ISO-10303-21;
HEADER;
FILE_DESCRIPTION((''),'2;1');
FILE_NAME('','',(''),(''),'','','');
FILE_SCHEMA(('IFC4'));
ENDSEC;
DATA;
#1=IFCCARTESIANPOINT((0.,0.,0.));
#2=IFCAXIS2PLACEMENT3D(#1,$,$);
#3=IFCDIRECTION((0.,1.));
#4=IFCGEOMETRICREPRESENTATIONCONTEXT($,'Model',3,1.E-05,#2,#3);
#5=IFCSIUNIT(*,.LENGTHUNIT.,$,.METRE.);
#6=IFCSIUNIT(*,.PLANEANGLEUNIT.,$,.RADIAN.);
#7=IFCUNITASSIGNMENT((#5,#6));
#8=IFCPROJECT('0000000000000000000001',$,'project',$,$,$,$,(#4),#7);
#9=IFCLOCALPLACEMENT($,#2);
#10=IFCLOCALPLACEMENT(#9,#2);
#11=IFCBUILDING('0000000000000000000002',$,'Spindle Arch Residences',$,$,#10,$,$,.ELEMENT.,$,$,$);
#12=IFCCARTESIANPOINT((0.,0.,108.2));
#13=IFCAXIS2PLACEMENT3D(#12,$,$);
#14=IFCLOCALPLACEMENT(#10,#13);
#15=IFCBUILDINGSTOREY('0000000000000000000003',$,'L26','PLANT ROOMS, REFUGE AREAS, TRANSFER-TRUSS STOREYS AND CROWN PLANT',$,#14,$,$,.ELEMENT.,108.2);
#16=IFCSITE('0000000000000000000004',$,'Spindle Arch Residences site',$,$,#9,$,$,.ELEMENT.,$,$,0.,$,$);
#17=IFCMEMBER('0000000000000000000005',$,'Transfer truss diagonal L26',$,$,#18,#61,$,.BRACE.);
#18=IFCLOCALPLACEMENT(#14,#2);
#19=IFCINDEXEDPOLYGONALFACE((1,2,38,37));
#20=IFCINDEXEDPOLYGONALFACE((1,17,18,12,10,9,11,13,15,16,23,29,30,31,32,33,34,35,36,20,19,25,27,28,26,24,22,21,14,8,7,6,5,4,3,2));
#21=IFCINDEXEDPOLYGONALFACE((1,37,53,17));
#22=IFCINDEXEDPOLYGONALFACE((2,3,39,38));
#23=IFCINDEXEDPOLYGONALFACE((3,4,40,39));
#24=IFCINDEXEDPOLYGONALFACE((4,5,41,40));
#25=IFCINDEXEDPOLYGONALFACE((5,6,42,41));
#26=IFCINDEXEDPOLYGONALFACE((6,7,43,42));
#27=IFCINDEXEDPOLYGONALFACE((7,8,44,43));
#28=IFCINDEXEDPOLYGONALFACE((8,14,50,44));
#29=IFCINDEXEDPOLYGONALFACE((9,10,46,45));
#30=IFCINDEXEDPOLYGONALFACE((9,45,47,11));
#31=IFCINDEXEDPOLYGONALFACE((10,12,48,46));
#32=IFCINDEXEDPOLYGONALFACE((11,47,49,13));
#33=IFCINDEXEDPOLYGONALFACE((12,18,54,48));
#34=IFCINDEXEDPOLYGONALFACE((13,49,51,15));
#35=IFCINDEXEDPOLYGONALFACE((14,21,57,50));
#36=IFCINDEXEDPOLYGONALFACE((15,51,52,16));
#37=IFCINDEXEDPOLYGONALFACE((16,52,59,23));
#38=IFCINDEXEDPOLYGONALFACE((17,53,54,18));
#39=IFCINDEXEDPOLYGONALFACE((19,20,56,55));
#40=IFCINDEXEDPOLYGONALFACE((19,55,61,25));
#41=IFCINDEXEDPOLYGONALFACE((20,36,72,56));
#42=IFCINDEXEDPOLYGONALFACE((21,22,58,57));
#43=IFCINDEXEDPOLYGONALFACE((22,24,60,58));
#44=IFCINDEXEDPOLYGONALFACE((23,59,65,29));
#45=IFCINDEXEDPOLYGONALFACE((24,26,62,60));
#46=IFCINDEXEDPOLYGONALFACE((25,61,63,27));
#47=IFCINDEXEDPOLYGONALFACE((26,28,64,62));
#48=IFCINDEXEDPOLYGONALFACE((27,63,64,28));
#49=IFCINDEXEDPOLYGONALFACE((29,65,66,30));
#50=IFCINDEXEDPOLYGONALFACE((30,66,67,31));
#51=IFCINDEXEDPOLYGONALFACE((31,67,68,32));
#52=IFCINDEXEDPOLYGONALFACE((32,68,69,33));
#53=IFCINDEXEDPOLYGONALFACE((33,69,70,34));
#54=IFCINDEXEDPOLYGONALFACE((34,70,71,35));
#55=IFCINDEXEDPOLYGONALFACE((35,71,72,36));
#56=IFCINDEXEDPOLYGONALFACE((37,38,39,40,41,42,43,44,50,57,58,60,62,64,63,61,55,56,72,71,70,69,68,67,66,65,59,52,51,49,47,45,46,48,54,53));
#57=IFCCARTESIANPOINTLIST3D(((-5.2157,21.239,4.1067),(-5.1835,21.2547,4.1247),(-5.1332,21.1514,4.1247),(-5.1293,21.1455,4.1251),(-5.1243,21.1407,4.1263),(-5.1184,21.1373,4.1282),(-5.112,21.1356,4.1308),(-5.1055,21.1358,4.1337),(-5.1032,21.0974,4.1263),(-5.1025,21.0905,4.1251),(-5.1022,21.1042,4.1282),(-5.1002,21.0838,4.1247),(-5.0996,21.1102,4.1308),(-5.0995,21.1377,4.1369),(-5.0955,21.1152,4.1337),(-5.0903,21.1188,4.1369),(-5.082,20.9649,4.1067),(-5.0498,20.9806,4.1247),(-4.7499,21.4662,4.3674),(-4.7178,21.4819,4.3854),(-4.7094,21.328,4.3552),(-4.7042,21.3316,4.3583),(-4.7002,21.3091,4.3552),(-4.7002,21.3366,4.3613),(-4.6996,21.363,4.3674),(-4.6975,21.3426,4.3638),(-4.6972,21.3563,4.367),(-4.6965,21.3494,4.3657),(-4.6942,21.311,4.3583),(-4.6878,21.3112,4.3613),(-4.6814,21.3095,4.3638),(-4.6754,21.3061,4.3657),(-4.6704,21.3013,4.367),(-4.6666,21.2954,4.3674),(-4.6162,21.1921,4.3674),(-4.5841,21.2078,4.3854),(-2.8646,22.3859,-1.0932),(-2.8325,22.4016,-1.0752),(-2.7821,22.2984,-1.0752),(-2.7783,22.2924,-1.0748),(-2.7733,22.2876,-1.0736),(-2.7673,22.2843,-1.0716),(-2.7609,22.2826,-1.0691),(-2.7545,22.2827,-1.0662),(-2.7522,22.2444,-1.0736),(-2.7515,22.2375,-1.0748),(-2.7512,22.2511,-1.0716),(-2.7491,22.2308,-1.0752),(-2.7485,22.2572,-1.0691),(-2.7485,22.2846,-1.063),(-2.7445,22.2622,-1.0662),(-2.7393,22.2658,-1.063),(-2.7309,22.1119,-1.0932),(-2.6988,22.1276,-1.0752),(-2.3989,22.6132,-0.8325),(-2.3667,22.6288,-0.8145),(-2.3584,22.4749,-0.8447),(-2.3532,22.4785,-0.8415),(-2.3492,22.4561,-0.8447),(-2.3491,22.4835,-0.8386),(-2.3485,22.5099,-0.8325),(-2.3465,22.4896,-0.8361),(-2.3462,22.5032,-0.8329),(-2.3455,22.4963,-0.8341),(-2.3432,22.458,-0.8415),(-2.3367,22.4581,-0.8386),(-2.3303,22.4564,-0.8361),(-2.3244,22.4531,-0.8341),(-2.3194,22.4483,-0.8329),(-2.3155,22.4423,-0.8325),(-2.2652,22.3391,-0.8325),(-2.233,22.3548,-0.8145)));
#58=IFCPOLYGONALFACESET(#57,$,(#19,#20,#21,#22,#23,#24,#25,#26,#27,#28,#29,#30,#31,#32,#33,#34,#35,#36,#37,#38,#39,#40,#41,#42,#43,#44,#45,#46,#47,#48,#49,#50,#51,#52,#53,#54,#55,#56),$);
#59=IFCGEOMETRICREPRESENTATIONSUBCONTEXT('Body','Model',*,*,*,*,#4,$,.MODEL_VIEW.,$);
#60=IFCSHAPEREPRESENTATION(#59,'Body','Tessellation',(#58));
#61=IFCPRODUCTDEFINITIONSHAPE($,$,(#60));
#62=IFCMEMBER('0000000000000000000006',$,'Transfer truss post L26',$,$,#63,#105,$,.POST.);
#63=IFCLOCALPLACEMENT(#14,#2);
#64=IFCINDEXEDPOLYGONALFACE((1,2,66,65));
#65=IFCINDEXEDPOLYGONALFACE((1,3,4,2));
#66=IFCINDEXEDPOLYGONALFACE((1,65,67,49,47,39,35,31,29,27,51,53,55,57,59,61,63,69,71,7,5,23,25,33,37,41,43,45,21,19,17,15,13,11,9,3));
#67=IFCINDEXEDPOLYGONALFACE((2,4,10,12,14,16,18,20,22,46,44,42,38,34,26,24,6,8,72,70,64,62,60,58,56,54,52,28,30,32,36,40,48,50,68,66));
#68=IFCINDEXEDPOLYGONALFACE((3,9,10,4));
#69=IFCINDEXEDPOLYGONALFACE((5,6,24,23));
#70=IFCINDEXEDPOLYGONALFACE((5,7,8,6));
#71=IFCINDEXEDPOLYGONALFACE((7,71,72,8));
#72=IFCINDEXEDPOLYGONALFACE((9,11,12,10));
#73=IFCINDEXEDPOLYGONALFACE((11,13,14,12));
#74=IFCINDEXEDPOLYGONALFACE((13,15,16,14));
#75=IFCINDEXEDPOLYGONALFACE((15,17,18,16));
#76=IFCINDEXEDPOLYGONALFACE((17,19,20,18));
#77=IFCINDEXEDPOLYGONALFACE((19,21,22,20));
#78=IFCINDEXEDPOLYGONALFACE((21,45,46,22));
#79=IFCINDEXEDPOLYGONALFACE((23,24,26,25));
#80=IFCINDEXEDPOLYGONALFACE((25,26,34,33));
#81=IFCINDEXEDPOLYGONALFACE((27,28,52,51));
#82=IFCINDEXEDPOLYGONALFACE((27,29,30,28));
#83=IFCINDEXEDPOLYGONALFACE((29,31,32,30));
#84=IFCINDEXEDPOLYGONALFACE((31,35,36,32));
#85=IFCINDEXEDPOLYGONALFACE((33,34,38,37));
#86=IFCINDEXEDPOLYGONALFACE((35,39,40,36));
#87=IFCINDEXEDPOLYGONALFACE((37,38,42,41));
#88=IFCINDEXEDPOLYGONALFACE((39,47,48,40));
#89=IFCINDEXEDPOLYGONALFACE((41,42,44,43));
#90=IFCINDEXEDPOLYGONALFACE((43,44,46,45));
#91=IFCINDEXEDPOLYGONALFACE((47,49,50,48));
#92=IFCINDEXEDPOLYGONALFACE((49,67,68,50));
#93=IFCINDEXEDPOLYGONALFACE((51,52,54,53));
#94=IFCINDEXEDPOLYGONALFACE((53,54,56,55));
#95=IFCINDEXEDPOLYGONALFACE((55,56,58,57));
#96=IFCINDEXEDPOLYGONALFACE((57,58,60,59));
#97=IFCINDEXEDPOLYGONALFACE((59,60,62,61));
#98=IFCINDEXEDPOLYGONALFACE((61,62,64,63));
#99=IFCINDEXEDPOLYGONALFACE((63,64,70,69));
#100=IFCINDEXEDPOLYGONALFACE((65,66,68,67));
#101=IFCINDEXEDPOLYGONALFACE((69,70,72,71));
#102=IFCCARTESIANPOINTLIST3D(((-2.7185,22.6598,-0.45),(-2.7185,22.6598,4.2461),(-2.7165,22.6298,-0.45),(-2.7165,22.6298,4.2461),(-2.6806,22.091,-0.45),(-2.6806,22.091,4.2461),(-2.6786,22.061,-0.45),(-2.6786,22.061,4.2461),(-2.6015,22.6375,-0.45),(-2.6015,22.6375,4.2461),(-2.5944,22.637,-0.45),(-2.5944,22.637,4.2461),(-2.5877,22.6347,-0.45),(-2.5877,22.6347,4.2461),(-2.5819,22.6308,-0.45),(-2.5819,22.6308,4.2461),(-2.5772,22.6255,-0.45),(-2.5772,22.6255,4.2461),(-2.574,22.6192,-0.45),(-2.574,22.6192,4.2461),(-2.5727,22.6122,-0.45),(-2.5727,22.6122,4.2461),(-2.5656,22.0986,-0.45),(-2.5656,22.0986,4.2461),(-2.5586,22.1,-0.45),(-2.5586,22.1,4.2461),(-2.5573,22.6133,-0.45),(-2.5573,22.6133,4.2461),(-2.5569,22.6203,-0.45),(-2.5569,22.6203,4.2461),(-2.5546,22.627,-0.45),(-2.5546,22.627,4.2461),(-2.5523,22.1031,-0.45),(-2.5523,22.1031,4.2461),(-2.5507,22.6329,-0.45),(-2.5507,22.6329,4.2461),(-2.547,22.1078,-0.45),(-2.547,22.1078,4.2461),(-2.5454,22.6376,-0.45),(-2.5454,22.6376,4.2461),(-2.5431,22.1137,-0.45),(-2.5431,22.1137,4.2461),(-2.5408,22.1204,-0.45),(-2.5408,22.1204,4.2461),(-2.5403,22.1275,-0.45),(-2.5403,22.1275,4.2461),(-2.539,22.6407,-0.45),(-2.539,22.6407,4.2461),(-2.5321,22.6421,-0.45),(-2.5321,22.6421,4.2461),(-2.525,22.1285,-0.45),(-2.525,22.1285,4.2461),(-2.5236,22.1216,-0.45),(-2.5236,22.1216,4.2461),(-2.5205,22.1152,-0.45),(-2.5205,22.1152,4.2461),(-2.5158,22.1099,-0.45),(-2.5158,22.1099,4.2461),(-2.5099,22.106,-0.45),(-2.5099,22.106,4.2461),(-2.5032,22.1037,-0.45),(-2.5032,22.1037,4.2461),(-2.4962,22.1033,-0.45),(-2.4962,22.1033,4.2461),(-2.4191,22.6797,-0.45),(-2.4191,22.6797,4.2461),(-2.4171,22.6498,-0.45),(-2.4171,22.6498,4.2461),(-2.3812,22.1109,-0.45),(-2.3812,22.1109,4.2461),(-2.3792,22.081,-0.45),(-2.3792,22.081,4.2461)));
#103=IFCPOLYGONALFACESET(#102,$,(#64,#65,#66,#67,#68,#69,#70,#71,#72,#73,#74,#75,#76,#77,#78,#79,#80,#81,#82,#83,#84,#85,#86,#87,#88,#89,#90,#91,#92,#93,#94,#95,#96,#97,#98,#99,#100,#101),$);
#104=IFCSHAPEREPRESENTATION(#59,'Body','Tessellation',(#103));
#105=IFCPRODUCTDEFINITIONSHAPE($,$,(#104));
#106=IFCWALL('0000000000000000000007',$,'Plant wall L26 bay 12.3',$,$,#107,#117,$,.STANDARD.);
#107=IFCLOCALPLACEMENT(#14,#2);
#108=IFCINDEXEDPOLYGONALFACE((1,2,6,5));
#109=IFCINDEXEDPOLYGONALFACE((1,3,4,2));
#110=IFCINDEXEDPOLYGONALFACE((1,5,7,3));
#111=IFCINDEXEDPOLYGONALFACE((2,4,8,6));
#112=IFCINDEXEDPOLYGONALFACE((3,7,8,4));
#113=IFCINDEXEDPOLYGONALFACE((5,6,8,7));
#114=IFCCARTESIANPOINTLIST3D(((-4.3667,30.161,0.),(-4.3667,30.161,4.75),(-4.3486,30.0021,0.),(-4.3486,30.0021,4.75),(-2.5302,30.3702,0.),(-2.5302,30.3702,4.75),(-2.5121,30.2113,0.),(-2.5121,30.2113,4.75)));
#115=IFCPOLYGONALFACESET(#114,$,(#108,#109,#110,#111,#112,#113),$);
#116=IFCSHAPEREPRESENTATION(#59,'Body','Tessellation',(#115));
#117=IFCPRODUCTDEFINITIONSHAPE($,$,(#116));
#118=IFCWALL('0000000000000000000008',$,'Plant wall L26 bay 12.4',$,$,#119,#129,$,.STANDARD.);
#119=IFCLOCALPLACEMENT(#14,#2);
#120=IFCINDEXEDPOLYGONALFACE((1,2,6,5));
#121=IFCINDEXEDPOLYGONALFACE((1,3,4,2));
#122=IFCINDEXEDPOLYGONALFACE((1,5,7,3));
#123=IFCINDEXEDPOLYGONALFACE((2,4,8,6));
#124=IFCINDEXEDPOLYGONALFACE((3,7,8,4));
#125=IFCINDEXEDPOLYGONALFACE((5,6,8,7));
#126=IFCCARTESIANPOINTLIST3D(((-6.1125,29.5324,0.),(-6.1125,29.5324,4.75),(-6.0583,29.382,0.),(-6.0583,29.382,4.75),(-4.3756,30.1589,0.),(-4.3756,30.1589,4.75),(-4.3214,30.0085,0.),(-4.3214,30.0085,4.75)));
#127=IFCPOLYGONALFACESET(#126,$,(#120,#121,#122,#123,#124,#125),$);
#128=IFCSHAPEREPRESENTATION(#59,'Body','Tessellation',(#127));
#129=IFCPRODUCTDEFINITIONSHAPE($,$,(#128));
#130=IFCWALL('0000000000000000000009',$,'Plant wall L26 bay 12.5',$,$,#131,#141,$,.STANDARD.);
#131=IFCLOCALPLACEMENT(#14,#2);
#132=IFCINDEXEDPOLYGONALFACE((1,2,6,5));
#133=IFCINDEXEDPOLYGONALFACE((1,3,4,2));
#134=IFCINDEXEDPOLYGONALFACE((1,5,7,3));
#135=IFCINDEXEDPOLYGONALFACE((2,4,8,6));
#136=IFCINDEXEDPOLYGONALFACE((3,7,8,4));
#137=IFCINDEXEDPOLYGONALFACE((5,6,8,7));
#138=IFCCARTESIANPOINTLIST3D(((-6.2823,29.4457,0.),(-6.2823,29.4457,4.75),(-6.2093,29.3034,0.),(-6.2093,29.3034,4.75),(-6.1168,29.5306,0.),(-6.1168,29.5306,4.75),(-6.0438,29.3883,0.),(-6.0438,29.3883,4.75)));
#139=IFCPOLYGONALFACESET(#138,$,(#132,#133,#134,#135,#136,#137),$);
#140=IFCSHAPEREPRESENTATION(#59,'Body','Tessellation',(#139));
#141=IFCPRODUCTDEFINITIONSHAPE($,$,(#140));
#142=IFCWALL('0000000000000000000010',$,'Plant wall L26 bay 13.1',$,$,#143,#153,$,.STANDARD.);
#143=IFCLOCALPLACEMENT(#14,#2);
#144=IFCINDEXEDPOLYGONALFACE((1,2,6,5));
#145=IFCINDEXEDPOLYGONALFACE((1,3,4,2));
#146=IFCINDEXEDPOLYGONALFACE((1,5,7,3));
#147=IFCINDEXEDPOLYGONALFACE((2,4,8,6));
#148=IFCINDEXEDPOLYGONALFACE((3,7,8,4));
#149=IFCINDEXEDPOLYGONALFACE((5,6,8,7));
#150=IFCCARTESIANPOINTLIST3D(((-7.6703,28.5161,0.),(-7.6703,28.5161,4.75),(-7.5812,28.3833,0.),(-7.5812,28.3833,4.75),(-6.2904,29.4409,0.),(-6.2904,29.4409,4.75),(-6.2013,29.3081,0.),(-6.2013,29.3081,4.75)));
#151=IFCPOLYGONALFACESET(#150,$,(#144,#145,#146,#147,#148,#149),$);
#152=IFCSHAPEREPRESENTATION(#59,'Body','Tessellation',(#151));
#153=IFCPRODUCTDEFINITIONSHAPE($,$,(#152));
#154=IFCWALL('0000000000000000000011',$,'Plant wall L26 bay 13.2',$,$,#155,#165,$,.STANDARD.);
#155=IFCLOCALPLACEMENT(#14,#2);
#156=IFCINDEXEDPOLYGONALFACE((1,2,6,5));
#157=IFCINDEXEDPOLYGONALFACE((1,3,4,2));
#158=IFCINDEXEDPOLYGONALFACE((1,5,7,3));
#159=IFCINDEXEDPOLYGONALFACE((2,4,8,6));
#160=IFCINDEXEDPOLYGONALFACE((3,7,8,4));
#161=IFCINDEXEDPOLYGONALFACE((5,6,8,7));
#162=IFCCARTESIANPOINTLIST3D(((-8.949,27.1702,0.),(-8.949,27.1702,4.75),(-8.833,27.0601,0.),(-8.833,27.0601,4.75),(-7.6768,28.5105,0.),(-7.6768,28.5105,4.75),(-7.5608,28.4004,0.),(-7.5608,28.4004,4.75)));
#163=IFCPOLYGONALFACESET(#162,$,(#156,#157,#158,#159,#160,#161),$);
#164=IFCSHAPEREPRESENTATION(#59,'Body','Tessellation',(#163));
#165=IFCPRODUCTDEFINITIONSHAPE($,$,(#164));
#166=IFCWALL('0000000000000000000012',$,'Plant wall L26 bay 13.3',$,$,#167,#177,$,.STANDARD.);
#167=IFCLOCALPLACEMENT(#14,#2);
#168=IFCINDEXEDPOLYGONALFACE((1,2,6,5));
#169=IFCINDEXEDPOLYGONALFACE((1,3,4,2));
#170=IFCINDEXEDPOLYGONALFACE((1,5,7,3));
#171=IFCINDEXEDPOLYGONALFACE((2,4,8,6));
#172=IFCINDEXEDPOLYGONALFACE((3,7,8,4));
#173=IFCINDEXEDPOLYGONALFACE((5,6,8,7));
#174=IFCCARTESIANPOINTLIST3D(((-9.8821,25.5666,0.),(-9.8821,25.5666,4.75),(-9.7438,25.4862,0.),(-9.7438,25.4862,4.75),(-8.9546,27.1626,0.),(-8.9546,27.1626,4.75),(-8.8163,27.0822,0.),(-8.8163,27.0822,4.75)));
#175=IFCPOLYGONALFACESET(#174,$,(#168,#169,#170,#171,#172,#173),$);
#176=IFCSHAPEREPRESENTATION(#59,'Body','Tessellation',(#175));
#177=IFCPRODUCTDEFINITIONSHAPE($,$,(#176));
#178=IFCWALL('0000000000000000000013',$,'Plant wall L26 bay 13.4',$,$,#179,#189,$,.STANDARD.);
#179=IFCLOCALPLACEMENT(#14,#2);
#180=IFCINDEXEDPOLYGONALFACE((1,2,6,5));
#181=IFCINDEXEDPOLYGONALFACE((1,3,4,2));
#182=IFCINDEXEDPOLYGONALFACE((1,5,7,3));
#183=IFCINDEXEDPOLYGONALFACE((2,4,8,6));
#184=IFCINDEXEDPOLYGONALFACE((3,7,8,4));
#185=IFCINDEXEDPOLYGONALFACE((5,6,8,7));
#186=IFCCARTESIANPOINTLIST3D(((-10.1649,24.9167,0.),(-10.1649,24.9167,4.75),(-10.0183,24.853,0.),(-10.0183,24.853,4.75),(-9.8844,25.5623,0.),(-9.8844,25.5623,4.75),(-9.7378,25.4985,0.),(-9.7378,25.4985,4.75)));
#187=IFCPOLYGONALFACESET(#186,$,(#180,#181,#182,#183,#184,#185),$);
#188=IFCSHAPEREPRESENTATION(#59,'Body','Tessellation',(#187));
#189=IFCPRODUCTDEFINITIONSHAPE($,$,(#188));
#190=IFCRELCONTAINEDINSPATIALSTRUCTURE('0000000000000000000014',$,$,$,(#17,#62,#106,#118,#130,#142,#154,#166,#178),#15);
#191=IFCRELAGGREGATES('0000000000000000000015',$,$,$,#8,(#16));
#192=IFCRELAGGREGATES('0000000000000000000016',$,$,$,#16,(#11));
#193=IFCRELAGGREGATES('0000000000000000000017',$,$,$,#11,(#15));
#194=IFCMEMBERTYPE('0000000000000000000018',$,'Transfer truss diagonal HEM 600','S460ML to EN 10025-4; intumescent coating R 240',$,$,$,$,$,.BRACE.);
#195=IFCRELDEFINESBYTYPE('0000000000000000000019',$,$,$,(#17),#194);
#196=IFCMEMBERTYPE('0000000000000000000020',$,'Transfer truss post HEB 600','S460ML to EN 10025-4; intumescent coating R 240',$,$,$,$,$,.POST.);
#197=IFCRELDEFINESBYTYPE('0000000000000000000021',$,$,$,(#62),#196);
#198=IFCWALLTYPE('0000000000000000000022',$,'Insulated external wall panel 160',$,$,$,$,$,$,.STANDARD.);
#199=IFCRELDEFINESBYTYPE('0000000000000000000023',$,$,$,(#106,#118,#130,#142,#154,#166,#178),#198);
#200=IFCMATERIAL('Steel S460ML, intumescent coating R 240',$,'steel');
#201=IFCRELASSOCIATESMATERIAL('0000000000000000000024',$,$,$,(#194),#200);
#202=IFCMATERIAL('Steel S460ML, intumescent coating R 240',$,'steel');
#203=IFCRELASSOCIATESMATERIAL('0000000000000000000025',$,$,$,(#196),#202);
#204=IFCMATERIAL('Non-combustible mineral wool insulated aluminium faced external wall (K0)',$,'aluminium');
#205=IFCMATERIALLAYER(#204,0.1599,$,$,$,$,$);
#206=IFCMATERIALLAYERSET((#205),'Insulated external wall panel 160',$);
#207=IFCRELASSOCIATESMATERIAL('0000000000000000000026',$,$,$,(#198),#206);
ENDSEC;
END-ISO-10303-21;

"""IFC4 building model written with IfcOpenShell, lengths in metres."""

from ifc_helpers import new_model, si_unit, direction, frame, frame_2d, origin, origin_2d, place, context, subcontext, project, spatial, rectangle, i_section, extrude, material, layer, layer_set, material_profile, profile_set, type_object, element, save


model = new_model("IFC4")

# Units and contexts
model_context = context("Model", 3, precision=1e-05, world=origin(), true_north=direction((0.0, 1.0)))
body_context = subcontext(model_context, "Body", "Model", "MODEL_VIEW")
ifc_project = project(units=[si_unit("LENGTHUNIT", "METRE"), si_unit("PLANEANGLEUNIT", "RADIAN")], contexts=[model_context])

# Site, building, storey
site_placement = place(None, origin())
site = spatial("IfcSite", under=ifc_project, at=site_placement, Name="Spindle Arch Residences site", CompositionType="ELEMENT", RefElevation=0.0)
building_placement = place(site_placement, origin())
building = spatial("IfcBuilding", under=site, at=building_placement, Name="Spindle Arch Residences", CompositionType="ELEMENT")
storey_placement = place(building_placement, frame((0.0, 0.0, 108.2)))
storey = spatial("IfcBuildingStorey", under=building, at=storey_placement, Name="L26", Description="PLANT ROOMS, REFUGE AREAS, TRANSFER-TRUSS STOREYS AND CROWN PLANT", CompositionType="ELEMENT", Elevation=108.2)

# Members
ifc_material_1 = material(Name="Steel S460ML, intumescent coating R 240", Category="steel")
ifc_material_profile_1 = material_profile(ifc_material_1, i_section(OverallWidth=0.3049, OverallDepth=0.6201, WebThickness=0.021, FlangeThickness=0.04, FilletRadius=0.0271, at=origin_2d()), Name="HEM 600")
ifc_profile_set_1 = profile_set([ifc_material_profile_1], Name="Steel S460ML, intumescent coating R 240")
member_type_1 = type_object("IfcMemberType", Name="Transfer truss diagonal HEM 600", Description="S460ML to EN 10025-4; intumescent coating R 240", PredefinedType="BRACE", material=ifc_profile_set_1)
member_1_placement = place(storey_placement, frame((-2.5488, 22.3704, -0.9539), z_axis=(-0.403904, -0.197045, 0.893328), x_axis=(0.438457, -0.898752, 0.0)))
element("IfcMember", 1, at=member_1_placement, inside=storey, type_object=member_type_1, Name="Transfer truss diagonal L26", PredefinedType="BRACE", context=body_context, shape_type="SweptSolid", body=[
    extrude(i_section(OverallWidth=0.3049, OverallDepth=0.6201, WebThickness=0.021, FlangeThickness=0.04, FilletRadius=0.0271, at=origin_2d()), origin(), (0.0, 0.0, 1.0), 5.8208),
])
ifc_material_2 = material(Name="Steel S460ML, intumescent coating R 240", Category="steel")
ifc_material_profile_2 = material_profile(ifc_material_2, i_section(OverallWidth=0.3, OverallDepth=0.6001, WebThickness=0.0154, FlangeThickness=0.03, FilletRadius=0.0271, at=origin_2d()), Name="HEB 600")
ifc_profile_set_2 = profile_set([ifc_material_profile_2], Name="Steel S460ML, intumescent coating R 240")
member_type_2 = type_object("IfcMemberType", Name="Transfer truss post HEB 600", Description="S460ML to EN 10025-4; intumescent coating R 240", PredefinedType="POST", material=ifc_profile_set_2)
member_2_placement = place(storey_placement, frame((-2.5488, 22.3704, -0.45), z_axis=(0.0, 0.0, 1.0), x_axis=(0.997786, 0.066512, 0.0)))
element("IfcMember", 2, at=member_2_placement, inside=storey, type_object=member_type_2, Name="Transfer truss post L26", PredefinedType="POST", context=body_context, shape_type="SweptSolid", body=[
    extrude(i_section(OverallWidth=0.3, OverallDepth=0.6001, WebThickness=0.0154, FlangeThickness=0.03, FilletRadius=0.0271, at=origin_2d()), origin(), (0.0, 0.0, 1.0), 4.696),
])

# Walls
ifc_material_3 = material(Name="Non-combustible mineral wool insulated aluminium faced external wall (K0)", Category="aluminium")
ifc_layer_1 = layer(ifc_material_3, 0.1599)
ifc_layer_set_1 = layer_set([ifc_layer_1], Name="Insulated external wall panel 160")
wall_type_1 = type_object("IfcWallType", Name="Insulated external wall panel 160", PredefinedType="STANDARD", material=ifc_layer_set_1)
wall_1_placement = place(storey_placement, frame((-2.521, 30.2908, 0.0), z_axis=(0.0, 0.0, 1.0), x_axis=(-0.993572, -0.1132, 0.0)))
element("IfcWall", 3, at=wall_1_placement, inside=storey, type_object=wall_type_1, Name="Plant wall L26 bay 12.3", PredefinedType="STANDARD", context=body_context, shape_type="SweptSolid", body=[
    extrude(rectangle(XDim=1.8484, YDim=0.1599, at=frame_2d((0.9243, 0.0))), origin(), (0.0, 0.0, 1.0), 4.75),
])
wall_2_placement = place(storey_placement, frame((-4.3484, 30.0837, 0.0), z_axis=(0.0, 0.0, 1.0), x_axis=(-0.940678, -0.3393, 0.0)))
element("IfcWall", 4, at=wall_2_placement, inside=storey, type_object=wall_type_1, Name="Plant wall L26 bay 12.4", PredefinedType="STANDARD", context=body_context, shape_type="SweptSolid", body=[
    extrude(rectangle(XDim=1.8464, YDim=0.1599, at=frame_2d((0.9233, 0.0))), origin(), (0.0, 0.0, 1.0), 4.75),
])
wall_3_placement = place(storey_placement, frame((-6.0803, 29.4595, 0.0), z_axis=(0.0, 0.0, 1.0), x_axis=(-0.889653, -0.456636, 0.0)))
element("IfcWall", 5, at=wall_3_placement, inside=storey, type_object=wall_type_1, Name="Plant wall L26 bay 12.5", PredefinedType="STANDARD", context=body_context, shape_type="SweptSolid", body=[
    extrude(rectangle(XDim=0.186, YDim=0.1599, at=frame_2d((0.093, 0.0))), origin(), (0.0, 0.0, 1.0), 4.75),
])
wall_4_placement = place(storey_placement, frame((-6.2458, 29.3745, 0.0), z_axis=(0.0, 0.0, 1.0), x_axis=(-0.830691, -0.556734, 0.0)))
element("IfcWall", 6, at=wall_4_placement, inside=storey, type_object=wall_type_1, Name="Plant wall L26 bay 13.1", PredefinedType="STANDARD", context=body_context, shape_type="SweptSolid", body=[
    extrude(rectangle(XDim=1.6611, YDim=0.1599, at=frame_2d((0.8306, 0.0))), origin(), (0.0, 0.0, 1.0), 4.75),
])
wall_5_placement = place(storey_placement, frame((-7.6189, 28.4553, 0.0), z_axis=(0.0, 0.0, 1.0), x_axis=(-0.688437, -0.725296, 0.0)))
element("IfcWall", 7, at=wall_5_placement, inside=storey, type_object=wall_type_1, Name="Plant wall L26 bay 13.2", PredefinedType="STANDARD", context=body_context, shape_type="SweptSolid", body=[
    extrude(rectangle(XDim=1.8479, YDim=0.1599, at=frame_2d((0.9238, 0.0))), origin(), (0.0, 0.0, 1.0), 4.75),
])
wall_6_placement = place(storey_placement, frame((-8.8855, 27.1223, 0.0), z_axis=(0.0, 0.0, 1.0), x_axis=(-0.502464, -0.864598, 0.0)))
element("IfcWall", 8, at=wall_6_placement, inside=storey, type_object=wall_type_1, Name="Plant wall L26 bay 13.3", PredefinedType="STANDARD", context=body_context, shape_type="SweptSolid", body=[
    extrude(rectangle(XDim=1.8459, YDim=0.1599, at=frame_2d((0.9229, 0.0))), origin(), (0.0, 0.0, 1.0), 4.75),
])
wall_7_placement = place(storey_placement, frame((-9.811, 25.5305, 0.0), z_axis=(0.0, 0.0, 1.0), x_axis=(-0.398561, -0.917142, 0.0)))
element("IfcWall", 9, at=wall_7_placement, inside=storey, type_object=wall_type_1, Name="Plant wall L26 bay 13.4", PredefinedType="STANDARD", context=body_context, shape_type="SweptSolid", body=[
    extrude(rectangle(XDim=0.7039, YDim=0.1599, at=frame_2d((0.3521, 0.0))), origin(), (0.0, 0.0, 1.0), 4.75),
])

save(model, "model.ifc")
